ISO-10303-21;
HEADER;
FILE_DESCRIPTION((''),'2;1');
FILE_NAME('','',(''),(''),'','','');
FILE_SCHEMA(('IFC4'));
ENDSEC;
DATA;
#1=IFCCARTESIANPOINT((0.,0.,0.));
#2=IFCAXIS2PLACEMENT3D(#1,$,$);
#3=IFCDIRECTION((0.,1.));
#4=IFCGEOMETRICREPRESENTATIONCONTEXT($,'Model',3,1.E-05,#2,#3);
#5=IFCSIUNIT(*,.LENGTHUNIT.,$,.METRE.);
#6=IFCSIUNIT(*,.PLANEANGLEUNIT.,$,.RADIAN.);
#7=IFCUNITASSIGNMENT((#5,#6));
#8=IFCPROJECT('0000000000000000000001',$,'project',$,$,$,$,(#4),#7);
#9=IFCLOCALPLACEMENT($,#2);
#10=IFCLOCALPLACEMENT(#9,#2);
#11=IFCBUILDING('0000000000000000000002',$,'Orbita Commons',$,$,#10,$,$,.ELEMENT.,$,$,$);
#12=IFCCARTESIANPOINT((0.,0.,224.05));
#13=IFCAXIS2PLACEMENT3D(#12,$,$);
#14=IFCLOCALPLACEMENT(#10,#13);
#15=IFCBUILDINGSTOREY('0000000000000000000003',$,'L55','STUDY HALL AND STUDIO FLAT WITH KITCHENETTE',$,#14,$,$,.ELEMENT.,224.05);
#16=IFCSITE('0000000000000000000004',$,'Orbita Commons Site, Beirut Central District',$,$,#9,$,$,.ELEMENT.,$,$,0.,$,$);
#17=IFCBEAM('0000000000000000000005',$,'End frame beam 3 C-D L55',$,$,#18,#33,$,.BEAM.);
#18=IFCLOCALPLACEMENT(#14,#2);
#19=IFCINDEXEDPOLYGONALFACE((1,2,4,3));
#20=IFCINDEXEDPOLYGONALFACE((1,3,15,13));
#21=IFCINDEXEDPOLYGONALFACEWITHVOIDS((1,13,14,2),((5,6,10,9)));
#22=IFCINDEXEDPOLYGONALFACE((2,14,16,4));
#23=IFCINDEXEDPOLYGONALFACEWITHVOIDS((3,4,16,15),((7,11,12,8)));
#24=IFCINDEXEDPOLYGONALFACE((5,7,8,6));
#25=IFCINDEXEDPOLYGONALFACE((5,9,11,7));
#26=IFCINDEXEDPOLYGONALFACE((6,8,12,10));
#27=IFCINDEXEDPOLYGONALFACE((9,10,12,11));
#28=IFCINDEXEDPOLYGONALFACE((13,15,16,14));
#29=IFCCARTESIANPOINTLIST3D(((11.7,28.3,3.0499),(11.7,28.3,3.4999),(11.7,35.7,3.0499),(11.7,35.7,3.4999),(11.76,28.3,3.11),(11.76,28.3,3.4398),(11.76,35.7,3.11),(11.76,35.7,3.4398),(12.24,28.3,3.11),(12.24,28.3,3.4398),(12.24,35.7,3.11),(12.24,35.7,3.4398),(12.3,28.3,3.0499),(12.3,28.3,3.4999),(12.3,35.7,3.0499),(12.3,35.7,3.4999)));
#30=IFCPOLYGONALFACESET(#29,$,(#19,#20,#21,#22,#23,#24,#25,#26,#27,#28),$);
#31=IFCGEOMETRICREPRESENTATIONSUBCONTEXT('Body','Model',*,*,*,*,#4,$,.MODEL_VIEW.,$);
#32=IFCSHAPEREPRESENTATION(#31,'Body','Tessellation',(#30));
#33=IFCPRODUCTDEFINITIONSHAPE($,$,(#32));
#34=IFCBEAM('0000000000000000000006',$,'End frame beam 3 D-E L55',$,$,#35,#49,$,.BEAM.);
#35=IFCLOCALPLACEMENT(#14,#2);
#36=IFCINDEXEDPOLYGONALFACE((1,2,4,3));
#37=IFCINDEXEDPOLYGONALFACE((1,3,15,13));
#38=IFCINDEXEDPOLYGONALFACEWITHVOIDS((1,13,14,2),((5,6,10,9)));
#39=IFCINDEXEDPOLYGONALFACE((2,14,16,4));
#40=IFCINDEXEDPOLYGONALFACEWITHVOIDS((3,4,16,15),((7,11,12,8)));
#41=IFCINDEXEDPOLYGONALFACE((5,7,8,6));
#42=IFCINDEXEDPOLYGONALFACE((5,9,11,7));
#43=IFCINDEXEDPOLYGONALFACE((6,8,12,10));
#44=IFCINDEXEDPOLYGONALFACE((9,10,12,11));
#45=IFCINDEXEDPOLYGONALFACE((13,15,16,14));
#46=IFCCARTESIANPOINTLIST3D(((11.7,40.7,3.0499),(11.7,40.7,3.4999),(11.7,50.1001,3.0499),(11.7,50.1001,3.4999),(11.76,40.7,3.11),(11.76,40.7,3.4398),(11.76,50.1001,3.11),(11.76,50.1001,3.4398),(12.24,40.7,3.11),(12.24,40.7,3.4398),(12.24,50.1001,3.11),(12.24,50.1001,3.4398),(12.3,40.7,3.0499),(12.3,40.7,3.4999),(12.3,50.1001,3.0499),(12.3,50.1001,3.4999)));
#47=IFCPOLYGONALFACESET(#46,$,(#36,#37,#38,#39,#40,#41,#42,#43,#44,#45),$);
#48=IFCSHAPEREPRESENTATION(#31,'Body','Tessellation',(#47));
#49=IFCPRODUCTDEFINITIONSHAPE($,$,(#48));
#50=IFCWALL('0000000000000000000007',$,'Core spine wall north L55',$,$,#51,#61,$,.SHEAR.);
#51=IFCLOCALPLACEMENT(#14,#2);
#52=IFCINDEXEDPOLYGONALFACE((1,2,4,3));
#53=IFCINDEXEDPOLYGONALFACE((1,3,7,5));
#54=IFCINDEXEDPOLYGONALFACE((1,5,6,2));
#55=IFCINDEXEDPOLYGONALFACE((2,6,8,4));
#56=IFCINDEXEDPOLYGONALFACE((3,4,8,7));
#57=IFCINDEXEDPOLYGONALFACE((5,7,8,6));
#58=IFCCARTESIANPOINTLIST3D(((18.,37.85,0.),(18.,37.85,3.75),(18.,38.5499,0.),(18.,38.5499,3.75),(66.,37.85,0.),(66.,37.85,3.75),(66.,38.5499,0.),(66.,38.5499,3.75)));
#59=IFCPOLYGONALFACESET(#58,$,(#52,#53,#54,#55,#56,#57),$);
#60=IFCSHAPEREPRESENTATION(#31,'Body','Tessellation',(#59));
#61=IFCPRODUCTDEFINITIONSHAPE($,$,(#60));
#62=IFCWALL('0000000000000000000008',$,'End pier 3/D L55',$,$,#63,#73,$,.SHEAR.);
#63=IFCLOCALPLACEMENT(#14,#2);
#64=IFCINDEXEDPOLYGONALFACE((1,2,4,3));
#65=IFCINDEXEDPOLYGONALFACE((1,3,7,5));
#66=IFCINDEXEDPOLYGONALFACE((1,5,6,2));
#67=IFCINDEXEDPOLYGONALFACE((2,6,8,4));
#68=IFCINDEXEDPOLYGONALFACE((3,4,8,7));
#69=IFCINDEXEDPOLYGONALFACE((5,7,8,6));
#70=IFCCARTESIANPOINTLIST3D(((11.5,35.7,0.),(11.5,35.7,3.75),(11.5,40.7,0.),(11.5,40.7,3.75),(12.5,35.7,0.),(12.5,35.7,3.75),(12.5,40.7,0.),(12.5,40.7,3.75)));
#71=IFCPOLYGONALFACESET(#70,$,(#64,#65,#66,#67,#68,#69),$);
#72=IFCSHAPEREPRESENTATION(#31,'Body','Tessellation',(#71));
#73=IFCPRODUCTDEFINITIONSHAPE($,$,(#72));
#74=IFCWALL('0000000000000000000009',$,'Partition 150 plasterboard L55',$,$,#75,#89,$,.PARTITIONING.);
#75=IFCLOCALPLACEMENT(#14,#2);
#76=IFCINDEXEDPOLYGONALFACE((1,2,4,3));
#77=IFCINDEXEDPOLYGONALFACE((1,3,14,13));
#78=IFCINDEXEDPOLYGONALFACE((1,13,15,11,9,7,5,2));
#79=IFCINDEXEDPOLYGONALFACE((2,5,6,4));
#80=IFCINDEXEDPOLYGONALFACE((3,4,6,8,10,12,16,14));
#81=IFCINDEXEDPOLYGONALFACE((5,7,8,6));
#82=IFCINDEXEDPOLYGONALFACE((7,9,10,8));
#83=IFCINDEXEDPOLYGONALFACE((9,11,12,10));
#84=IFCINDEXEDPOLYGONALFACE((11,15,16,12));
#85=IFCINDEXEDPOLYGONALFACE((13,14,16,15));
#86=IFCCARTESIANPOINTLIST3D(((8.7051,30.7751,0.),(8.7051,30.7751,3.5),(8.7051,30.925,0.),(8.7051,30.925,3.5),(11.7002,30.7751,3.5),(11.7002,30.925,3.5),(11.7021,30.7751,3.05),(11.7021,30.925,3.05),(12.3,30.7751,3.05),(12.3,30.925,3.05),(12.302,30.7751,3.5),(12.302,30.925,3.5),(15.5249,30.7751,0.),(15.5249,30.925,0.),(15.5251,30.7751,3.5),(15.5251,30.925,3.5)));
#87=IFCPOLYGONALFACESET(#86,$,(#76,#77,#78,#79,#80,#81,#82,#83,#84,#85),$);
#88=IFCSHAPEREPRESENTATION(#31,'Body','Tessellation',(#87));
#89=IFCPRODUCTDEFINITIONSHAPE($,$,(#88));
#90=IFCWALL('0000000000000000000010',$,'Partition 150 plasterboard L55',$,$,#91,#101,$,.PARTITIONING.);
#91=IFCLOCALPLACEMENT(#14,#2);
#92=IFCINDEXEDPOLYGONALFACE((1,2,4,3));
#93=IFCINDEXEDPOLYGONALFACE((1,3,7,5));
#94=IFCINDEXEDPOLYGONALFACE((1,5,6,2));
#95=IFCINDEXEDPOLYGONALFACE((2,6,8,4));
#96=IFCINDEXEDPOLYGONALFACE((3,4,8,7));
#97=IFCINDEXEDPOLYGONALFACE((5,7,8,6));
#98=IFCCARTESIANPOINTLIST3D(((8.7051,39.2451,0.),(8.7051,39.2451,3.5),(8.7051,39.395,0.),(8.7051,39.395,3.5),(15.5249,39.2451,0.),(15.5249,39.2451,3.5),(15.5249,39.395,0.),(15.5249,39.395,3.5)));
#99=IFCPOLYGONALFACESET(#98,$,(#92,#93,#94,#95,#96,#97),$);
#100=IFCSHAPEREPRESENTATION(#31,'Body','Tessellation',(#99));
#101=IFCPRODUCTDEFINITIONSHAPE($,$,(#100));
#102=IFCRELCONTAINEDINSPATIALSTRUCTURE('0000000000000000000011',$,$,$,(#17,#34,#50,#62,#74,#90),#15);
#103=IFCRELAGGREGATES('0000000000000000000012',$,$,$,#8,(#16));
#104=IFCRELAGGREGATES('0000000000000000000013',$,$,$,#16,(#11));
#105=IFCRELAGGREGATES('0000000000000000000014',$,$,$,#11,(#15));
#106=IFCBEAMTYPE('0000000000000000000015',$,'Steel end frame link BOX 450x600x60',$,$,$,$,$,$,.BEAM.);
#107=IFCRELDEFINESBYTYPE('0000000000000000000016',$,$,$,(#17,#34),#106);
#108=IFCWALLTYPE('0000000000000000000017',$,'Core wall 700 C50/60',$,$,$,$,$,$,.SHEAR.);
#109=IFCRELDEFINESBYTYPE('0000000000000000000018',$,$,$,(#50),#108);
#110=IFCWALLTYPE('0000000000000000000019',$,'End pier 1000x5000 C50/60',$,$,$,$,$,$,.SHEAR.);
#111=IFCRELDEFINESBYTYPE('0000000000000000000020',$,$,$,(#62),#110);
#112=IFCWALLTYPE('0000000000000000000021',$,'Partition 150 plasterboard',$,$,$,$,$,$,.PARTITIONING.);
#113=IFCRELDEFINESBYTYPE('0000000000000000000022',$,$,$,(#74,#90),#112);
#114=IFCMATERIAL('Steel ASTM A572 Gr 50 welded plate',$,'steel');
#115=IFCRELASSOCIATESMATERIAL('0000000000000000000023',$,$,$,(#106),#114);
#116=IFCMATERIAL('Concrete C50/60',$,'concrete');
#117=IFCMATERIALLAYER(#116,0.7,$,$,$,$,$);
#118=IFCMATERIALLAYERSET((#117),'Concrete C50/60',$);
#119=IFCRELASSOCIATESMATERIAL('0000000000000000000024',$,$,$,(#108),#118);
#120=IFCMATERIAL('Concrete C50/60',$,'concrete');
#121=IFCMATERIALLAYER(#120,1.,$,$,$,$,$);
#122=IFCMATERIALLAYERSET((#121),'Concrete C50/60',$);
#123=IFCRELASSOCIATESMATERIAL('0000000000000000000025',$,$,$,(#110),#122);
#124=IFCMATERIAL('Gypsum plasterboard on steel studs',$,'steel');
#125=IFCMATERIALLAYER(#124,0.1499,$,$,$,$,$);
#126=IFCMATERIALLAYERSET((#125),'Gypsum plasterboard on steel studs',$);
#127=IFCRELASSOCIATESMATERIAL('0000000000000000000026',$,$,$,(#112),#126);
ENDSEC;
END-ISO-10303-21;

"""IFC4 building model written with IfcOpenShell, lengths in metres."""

from ifc_helpers import new_model, si_unit, direction, frame, frame_2d, origin, origin_2d, place, context, subcontext, project, spatial, polyline, rectangle, hollow_rectangle, outline, extrude, material, layer, layer_set, material_profile, profile_set, type_object, element, save


model = new_model("IFC4")

# Units and contexts
model_context = context("Model", 3, precision=1e-05, world=origin(), true_north=direction((0.0, 1.0)))
body_context = subcontext(model_context, "Body", "Model", "MODEL_VIEW")
ifc_project = project(units=[si_unit("LENGTHUNIT", "METRE"), si_unit("PLANEANGLEUNIT", "RADIAN")], contexts=[model_context])

# Site, building, storey
site_placement = place(None, origin())
site = spatial("IfcSite", under=ifc_project, at=site_placement, Name="Orbita Commons Site, Beirut Central District", CompositionType="ELEMENT", RefElevation=0.0)
building_placement = place(site_placement, origin())
building = spatial("IfcBuilding", under=site, at=building_placement, Name="Orbita Commons", CompositionType="ELEMENT")
storey_placement = place(building_placement, frame((0.0, 0.0, 224.05)))
storey = spatial("IfcBuildingStorey", under=building, at=storey_placement, Name="L55", Description="STUDY HALL AND STUDIO FLAT WITH KITCHENETTE", CompositionType="ELEMENT", Elevation=224.05)

# Beams
ifc_material_1 = material(Name="Steel ASTM A572 Gr 50 welded plate", Category="steel")
ifc_material_profile = material_profile(ifc_material_1, hollow_rectangle(XDim=0.6001, YDim=0.45, WallThickness=0.0601, at=origin_2d()), Name="BOX 450x600x60")
ifc_profile_set = profile_set([ifc_material_profile], Name="Steel ASTM A572 Gr 50 welded plate")
beam_type = type_object("IfcBeamType", Name="Steel end frame link BOX 450x600x60", PredefinedType="BEAM", material=ifc_profile_set)
beam_1_placement = place(storey_placement, frame((12.0, 28.3, 3.2749), z_axis=(0.0, 1.0, 0.0), x_axis=(-1.0, 0.0, 0.0)))
element("IfcBeam", 1, at=beam_1_placement, inside=storey, type_object=beam_type, Name="End frame beam 3 C-D L55", PredefinedType="BEAM", context=body_context, shape_type="SweptSolid", body=[
    extrude(hollow_rectangle(XDim=0.6001, YDim=0.45, WallThickness=0.0601, at=origin_2d()), origin(), (0.0, 0.0, 1.0), 7.3999),
])
beam_2_placement = place(storey_placement, frame((12.0, 40.7, 3.2749), z_axis=(0.0, 1.0, 0.0), x_axis=(-1.0, 0.0, 0.0)))
element("IfcBeam", 2, at=beam_2_placement, inside=storey, type_object=beam_type, Name="End frame beam 3 D-E L55", PredefinedType="BEAM", context=body_context, shape_type="SweptSolid", body=[
    extrude(hollow_rectangle(XDim=0.6001, YDim=0.45, WallThickness=0.0601, at=origin_2d()), origin(), (0.0, 0.0, 1.0), 9.4001),
])

# Walls
ifc_material_2 = material(Name="Concrete C50/60", Category="concrete")
ifc_layer_1 = layer(ifc_material_2, 0.7)
ifc_layer_set_1 = layer_set([ifc_layer_1], Name="Concrete C50/60")
wall_type_1 = type_object("IfcWallType", Name="Core wall 700 C50/60", PredefinedType="SHEAR", material=ifc_layer_set_1)
wall_1_placement = place(storey_placement, frame((18.0, 38.2, 0.0), z_axis=(0.0, 0.0, 1.0), x_axis=(1.0, 0.0, 0.0)))
element("IfcWall", 3, at=wall_1_placement, inside=storey, type_object=wall_type_1, Name="Core spine wall north L55", PredefinedType="SHEAR", context=body_context, shape_type="SweptSolid", body=[
    extrude(rectangle(XDim=48.0, YDim=0.7, at=frame_2d((24.0, 0.0))), origin(), (0.0, 0.0, 1.0), 3.75),
])
ifc_material_3 = material(Name="Concrete C50/60", Category="concrete")
ifc_layer_2 = layer(ifc_material_3, 1.0)
ifc_layer_set_2 = layer_set([ifc_layer_2], Name="Concrete C50/60")
wall_type_2 = type_object("IfcWallType", Name="End pier 1000x5000 C50/60", PredefinedType="SHEAR", material=ifc_layer_set_2)
wall_2_placement = place(storey_placement, frame((12.0, 35.7, 0.0), z_axis=(0.0, 0.0, 1.0), x_axis=(0.0, 1.0, 0.0)))
element("IfcWall", 4, at=wall_2_placement, inside=storey, type_object=wall_type_2, Name="End pier 3/D L55", PredefinedType="SHEAR", context=body_context, shape_type="SweptSolid", body=[
    extrude(rectangle(XDim=5.0, YDim=1.0, at=frame_2d((2.5, 0.0))), origin(), (0.0, 0.0, 1.0), 3.75),
])
ifc_material_4 = material(Name="Gypsum plasterboard on steel studs", Category="steel")
ifc_layer_3 = layer(ifc_material_4, 0.1499)
ifc_layer_set_3 = layer_set([ifc_layer_3], Name="Gypsum plasterboard on steel studs")
wall_type_3 = type_object("IfcWallType", Name="Partition 150 plasterboard", PredefinedType="PARTITIONING", material=ifc_layer_set_3)
wall_3_placement = place(storey_placement, frame((8.7051, 30.8501, 0.0), z_axis=(0.0, 0.0, 1.0), x_axis=(1.0, 0.0, 0.0)))
element("IfcWall", 5, at=wall_3_placement, inside=storey, type_object=wall_type_3, Name="Partition 150 plasterboard L55", PredefinedType="PARTITIONING", context=body_context, shape_type="SweptSolid", body=[
    extrude(outline(polyline([(0.0, 0.0), (6.8198, 0.0), (6.8201, 3.5), (3.5969, 3.5), (3.595, 3.05), (2.9971, 3.05), (2.9951, 3.5), (0.0, 3.5), (0.0, 0.0)])), frame((0.0, 0.075, 0.0), z_axis=(0.0, -1.0, 0.0), x_axis=(1.0, 0.0, 0.0)), (0.0, 0.0, 1.0), 0.1499),
])
wall_4_placement = place(storey_placement, frame((8.7051, 39.3201, 0.0), z_axis=(0.0, 0.0, 1.0), x_axis=(1.0, 0.0, 0.0)))
element("IfcWall", 6, at=wall_4_placement, inside=storey, type_object=wall_type_3, Name="Partition 150 plasterboard L55", PredefinedType="PARTITIONING", context=body_context, shape_type="SweptSolid", body=[
    extrude(rectangle(XDim=6.8198, YDim=0.1499, at=frame_2d((3.4099, 0.0))), origin(), (0.0, 0.0, 1.0), 3.5),
])

save(model, "model.ifc")
